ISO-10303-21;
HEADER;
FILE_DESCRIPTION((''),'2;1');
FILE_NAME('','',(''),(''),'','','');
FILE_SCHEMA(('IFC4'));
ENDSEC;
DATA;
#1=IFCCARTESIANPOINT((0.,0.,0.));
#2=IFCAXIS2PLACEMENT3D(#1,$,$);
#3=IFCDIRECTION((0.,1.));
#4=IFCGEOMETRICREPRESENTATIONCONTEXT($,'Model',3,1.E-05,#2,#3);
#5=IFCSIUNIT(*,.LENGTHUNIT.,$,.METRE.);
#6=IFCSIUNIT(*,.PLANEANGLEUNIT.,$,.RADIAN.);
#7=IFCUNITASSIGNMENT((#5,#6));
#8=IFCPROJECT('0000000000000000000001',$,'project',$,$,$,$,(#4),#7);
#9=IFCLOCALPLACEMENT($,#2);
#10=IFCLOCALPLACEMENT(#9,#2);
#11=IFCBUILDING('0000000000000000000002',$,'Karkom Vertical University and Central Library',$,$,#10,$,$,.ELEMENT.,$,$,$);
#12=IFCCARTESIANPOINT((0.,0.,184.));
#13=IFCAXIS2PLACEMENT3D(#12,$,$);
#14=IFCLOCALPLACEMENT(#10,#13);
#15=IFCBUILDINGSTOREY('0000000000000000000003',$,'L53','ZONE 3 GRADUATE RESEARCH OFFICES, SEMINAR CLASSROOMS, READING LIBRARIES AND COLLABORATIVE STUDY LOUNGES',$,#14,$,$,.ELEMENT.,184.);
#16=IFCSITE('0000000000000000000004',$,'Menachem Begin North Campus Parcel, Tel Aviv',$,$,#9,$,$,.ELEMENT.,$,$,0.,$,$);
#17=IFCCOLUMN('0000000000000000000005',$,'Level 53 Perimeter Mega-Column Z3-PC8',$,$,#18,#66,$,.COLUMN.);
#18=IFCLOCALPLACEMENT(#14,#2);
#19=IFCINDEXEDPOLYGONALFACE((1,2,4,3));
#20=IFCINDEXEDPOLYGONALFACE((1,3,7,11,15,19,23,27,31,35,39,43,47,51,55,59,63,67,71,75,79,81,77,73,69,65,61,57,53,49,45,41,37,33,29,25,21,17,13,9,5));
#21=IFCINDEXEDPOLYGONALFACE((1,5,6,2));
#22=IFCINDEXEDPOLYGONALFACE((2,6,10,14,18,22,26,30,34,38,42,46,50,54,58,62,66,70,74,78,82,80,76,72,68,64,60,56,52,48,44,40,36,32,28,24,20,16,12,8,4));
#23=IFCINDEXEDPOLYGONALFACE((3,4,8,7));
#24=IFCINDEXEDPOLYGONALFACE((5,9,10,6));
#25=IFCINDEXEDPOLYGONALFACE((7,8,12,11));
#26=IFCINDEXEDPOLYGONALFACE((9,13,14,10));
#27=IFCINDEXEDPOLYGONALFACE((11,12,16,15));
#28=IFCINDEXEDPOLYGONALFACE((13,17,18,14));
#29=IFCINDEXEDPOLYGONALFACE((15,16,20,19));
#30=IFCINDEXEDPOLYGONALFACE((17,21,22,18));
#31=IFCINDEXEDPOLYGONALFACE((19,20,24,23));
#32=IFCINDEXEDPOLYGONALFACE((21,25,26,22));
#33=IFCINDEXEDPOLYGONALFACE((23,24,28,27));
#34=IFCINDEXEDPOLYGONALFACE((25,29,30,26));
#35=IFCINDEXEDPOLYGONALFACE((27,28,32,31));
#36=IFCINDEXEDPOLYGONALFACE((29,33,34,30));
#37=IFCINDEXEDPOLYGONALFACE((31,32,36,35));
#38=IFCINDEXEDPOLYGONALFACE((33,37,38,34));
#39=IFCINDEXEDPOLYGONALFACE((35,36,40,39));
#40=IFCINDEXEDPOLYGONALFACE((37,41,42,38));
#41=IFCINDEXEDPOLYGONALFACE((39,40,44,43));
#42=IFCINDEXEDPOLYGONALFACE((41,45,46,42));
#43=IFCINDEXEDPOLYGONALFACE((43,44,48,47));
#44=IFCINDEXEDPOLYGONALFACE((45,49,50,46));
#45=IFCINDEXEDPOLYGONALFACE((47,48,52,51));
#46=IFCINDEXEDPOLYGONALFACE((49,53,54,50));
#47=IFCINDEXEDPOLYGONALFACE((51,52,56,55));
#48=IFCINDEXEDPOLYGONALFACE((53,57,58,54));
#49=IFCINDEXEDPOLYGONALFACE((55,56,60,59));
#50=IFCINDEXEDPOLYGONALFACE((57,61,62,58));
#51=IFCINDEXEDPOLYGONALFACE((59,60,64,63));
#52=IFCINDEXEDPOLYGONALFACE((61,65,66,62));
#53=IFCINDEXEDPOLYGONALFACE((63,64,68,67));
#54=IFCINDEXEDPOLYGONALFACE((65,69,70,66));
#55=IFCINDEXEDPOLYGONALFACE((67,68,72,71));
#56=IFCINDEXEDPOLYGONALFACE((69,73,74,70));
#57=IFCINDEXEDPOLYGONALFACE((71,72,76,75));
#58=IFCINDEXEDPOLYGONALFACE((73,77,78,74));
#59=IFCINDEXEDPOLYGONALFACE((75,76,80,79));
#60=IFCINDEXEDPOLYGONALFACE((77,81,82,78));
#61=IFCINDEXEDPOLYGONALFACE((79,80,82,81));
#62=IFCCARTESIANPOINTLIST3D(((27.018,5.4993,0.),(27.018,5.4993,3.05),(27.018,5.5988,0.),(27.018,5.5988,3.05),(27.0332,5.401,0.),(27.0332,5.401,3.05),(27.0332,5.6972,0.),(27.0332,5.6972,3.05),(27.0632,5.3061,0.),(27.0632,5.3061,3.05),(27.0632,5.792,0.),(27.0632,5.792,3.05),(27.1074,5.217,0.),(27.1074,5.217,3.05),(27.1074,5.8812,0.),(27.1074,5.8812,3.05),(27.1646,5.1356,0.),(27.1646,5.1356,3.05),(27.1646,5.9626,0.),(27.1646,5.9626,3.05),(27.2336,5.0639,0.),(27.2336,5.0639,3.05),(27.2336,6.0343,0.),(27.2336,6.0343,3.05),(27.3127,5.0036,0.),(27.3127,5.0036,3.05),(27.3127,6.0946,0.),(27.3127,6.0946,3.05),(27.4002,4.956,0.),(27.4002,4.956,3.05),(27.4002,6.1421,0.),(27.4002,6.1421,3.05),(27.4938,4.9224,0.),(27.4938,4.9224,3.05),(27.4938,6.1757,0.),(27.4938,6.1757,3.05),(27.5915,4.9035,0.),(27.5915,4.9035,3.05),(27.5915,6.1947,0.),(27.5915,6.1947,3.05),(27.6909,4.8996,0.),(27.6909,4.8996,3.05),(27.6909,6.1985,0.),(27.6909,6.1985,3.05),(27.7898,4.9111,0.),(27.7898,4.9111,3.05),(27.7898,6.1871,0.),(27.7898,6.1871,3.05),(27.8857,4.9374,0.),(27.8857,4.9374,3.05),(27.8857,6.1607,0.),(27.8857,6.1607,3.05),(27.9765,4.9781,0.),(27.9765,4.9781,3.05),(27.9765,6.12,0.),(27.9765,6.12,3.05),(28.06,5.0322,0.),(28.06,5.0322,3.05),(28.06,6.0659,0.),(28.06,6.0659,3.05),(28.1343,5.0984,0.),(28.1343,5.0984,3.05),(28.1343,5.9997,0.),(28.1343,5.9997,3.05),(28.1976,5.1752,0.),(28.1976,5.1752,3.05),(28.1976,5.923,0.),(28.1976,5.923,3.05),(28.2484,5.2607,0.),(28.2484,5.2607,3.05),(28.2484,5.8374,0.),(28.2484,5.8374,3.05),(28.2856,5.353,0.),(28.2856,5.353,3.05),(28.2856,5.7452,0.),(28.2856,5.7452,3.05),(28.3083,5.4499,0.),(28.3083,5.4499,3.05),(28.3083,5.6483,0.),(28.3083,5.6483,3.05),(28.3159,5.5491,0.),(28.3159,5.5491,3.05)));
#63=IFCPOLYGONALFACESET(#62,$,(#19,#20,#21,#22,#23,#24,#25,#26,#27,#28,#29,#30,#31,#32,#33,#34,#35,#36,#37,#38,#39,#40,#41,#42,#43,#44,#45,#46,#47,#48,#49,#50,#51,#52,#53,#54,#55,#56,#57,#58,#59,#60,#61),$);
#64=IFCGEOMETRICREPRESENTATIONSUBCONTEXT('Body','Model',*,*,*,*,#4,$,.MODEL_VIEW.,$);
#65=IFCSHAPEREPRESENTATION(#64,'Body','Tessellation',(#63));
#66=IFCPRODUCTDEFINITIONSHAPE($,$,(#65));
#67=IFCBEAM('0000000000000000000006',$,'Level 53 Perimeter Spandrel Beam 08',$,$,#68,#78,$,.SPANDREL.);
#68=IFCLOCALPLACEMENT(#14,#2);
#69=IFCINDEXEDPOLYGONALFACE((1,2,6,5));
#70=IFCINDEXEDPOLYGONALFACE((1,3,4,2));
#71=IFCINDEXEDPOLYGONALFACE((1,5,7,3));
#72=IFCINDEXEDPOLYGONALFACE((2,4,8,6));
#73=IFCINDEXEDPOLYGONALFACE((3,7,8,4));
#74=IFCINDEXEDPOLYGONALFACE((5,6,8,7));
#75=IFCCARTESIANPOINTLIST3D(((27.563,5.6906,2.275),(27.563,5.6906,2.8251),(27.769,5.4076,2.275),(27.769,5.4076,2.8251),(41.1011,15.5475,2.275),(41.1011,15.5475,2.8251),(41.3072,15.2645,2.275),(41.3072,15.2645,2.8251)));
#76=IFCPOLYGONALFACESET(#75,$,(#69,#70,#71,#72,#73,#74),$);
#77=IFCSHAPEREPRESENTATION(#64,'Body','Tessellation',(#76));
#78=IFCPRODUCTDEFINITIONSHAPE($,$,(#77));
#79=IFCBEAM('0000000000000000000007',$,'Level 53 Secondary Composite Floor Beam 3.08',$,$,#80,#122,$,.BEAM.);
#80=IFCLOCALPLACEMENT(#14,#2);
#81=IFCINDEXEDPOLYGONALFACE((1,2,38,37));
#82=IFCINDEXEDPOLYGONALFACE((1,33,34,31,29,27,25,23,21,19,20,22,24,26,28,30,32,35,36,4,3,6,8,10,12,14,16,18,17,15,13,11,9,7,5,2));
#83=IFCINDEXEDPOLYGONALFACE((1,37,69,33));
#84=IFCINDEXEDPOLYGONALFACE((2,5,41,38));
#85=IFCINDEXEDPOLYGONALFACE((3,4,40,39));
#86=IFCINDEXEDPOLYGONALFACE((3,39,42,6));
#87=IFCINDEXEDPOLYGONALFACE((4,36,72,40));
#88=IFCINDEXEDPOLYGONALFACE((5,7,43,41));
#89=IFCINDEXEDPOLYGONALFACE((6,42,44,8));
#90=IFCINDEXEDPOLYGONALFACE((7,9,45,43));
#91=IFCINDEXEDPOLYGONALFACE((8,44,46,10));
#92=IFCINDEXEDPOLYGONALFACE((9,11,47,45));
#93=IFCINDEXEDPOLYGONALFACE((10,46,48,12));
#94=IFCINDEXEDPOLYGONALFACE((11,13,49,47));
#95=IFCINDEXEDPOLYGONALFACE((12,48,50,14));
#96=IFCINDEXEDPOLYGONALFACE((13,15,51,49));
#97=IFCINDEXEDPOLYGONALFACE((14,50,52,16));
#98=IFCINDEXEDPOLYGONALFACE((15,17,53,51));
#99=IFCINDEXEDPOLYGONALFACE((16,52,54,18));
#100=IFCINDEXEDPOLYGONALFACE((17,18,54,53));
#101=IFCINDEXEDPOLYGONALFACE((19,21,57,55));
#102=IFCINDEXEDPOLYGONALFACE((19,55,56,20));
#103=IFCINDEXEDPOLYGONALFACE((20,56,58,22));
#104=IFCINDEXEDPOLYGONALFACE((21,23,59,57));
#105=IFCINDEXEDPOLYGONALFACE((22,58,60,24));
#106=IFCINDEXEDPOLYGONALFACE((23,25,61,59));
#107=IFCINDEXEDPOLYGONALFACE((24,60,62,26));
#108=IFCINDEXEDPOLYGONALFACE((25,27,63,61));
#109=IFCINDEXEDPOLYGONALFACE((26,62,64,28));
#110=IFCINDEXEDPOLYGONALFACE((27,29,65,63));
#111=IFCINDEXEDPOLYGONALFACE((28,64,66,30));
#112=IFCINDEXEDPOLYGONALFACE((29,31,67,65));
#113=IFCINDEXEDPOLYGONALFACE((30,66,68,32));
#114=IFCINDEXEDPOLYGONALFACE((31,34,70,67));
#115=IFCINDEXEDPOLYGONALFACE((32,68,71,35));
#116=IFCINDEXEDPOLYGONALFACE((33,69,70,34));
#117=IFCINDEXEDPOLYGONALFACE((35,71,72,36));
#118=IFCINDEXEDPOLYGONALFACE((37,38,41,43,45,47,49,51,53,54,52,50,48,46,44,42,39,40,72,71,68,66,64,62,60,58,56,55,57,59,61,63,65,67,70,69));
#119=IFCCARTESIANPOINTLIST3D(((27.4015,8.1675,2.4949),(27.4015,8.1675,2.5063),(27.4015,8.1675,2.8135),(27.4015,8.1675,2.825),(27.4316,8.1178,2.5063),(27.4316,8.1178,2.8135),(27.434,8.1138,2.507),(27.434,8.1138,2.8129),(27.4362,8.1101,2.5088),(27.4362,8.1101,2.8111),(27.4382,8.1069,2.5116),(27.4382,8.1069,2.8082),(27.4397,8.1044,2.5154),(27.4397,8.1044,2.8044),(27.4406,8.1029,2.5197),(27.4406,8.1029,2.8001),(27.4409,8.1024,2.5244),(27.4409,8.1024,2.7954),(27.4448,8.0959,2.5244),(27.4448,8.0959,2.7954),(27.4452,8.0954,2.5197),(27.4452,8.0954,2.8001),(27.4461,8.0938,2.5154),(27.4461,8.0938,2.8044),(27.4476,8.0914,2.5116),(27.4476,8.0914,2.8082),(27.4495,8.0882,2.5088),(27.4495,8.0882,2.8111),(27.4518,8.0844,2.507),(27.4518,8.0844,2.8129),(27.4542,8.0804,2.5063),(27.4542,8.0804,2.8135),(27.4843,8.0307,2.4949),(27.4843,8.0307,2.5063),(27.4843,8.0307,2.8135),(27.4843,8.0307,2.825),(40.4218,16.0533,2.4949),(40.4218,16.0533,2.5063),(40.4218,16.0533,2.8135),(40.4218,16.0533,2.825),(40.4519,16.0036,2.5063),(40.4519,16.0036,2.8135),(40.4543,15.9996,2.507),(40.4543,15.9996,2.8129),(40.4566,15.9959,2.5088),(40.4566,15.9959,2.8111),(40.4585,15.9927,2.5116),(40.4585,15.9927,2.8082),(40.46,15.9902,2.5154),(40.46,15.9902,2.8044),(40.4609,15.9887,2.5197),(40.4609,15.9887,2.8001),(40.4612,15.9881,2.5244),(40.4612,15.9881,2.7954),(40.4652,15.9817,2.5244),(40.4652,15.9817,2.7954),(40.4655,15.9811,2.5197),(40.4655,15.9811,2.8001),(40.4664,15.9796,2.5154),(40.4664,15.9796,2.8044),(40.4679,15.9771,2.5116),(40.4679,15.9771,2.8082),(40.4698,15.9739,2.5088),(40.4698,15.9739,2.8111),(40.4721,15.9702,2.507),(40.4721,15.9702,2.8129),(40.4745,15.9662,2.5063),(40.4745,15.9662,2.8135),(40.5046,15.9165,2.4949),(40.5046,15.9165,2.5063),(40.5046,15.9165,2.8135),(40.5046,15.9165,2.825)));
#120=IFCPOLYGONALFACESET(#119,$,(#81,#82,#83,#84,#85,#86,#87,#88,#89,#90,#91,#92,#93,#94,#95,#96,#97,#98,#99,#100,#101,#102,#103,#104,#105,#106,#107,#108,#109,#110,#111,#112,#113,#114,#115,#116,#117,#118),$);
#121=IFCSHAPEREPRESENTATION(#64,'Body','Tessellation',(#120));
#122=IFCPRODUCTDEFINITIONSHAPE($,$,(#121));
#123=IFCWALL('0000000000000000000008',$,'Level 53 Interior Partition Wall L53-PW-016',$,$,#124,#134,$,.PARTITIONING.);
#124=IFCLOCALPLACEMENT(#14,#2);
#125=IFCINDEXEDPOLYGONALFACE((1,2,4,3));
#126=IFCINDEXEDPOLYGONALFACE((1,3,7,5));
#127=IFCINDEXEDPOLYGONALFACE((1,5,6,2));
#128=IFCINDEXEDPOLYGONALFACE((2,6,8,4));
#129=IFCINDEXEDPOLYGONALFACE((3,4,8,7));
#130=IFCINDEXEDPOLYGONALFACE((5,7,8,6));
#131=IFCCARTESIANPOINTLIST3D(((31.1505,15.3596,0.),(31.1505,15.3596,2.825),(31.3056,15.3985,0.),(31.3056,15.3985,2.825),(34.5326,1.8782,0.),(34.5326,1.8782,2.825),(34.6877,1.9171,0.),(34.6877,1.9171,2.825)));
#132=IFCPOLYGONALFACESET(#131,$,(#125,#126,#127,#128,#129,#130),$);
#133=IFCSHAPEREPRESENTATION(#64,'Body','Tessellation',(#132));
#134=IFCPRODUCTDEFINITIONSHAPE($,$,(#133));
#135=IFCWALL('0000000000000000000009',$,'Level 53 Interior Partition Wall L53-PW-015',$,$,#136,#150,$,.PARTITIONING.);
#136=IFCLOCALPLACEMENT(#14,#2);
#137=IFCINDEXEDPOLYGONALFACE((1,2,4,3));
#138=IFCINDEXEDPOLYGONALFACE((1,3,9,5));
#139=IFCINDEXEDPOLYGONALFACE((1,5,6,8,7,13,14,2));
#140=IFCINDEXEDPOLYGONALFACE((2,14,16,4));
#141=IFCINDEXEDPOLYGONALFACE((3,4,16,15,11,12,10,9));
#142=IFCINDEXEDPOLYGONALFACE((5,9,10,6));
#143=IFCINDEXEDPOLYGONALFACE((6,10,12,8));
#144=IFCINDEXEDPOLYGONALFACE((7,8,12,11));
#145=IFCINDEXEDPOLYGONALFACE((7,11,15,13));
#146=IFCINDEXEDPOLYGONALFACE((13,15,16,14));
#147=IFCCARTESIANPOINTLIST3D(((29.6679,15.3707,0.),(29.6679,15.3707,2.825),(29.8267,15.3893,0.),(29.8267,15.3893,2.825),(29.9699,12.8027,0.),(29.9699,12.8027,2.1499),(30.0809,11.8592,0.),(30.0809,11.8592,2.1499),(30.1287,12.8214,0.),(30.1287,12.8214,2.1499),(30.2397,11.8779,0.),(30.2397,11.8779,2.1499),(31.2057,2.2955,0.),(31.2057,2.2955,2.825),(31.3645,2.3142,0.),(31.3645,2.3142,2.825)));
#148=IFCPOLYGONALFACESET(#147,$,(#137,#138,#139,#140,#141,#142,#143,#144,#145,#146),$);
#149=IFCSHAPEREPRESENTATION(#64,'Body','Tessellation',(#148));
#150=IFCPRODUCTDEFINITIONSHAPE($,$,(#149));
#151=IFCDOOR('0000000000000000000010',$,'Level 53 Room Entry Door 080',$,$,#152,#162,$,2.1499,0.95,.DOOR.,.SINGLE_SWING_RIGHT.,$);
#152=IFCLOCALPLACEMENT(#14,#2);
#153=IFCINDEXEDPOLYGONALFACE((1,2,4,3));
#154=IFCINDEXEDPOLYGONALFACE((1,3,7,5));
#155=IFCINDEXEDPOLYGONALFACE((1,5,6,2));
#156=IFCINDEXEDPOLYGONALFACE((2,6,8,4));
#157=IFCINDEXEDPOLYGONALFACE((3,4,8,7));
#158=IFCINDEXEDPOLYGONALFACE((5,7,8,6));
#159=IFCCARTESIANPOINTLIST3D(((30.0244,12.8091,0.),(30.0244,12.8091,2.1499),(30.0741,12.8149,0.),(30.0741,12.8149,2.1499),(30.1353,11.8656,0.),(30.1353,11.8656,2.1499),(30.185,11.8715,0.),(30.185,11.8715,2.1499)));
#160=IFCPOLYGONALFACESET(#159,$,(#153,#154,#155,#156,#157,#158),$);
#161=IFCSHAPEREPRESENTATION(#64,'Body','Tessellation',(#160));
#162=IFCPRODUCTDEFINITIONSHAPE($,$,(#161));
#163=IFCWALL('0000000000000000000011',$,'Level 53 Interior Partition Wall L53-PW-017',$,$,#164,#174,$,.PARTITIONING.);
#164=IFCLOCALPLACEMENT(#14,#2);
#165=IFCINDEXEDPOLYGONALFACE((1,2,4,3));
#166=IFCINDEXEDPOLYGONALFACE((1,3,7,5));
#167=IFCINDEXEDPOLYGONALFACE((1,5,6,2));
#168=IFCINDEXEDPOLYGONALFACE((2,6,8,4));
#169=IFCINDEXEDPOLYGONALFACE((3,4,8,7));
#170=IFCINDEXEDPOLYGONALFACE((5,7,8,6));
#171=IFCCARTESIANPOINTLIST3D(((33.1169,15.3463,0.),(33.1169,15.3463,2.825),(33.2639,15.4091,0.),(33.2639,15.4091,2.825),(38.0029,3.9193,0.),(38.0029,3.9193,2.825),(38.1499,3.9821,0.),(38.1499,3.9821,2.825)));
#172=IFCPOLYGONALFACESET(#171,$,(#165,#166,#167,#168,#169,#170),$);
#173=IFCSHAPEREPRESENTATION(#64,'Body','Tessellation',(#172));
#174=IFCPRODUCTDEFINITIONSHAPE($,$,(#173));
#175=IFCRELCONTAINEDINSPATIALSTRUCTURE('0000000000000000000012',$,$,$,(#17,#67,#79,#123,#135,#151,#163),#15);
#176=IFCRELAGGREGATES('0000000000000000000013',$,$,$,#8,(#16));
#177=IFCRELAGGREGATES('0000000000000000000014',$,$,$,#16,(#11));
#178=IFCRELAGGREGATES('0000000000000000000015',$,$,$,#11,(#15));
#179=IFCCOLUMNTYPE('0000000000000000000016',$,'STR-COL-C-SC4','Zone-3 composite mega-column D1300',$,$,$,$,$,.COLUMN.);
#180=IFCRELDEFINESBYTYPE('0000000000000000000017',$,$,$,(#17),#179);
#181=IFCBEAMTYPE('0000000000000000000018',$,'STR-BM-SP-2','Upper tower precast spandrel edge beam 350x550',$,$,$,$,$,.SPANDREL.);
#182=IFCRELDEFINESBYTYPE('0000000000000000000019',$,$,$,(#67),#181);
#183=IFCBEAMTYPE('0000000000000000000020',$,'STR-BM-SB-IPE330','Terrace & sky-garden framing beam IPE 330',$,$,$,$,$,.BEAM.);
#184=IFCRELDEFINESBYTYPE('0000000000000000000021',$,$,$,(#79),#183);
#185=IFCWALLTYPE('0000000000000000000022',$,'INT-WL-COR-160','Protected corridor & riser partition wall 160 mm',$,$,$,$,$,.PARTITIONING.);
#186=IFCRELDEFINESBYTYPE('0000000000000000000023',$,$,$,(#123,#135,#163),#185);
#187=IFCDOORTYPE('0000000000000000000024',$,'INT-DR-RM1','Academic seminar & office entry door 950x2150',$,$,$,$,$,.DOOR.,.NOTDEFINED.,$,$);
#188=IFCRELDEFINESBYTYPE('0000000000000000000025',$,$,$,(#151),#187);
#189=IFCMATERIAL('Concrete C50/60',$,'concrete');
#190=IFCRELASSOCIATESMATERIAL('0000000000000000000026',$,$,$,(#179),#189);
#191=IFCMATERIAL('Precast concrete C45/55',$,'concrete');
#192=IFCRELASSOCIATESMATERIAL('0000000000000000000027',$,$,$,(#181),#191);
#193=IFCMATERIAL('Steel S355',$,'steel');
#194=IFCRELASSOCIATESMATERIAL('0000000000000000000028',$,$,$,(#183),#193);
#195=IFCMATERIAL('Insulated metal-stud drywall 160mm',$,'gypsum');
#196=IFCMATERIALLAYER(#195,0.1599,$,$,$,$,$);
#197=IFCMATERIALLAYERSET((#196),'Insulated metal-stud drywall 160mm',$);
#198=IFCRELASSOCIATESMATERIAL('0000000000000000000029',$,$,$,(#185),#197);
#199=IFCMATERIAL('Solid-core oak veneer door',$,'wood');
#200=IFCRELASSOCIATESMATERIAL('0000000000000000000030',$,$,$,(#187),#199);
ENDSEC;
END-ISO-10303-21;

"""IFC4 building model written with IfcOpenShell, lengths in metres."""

from ifc_helpers import new_model, si_unit, direction, frame, frame_2d, origin, origin_with_axes, origin_2d, place, context, subcontext, project, spatial, rectangle, circle, i_section, extrude, source, transform, mapped, material, layer, layer_set, material_profile, profile_set, type_object, element, fill, save


model = new_model("IFC4")

# Units and contexts
model_context = context("Model", 3, precision=1e-05, world=origin(), true_north=direction((0.0, 1.0)))
body_context = subcontext(model_context, "Body", "Model", "MODEL_VIEW")
ifc_project = project(units=[si_unit("LENGTHUNIT", "METRE"), si_unit("PLANEANGLEUNIT", "RADIAN")], contexts=[model_context])

# Site, building, storey
site_placement = place(None, origin())
site = spatial("IfcSite", under=ifc_project, at=site_placement, Name="Menachem Begin North Campus Parcel, Tel Aviv", CompositionType="ELEMENT", RefElevation=0.0)
building_placement = place(site_placement, origin())
building = spatial("IfcBuilding", under=site, at=building_placement, Name="Karkom Vertical University and Central Library", CompositionType="ELEMENT")
storey_placement = place(building_placement, frame((0.0, 0.0, 184.0)))
storey = spatial("IfcBuildingStorey", under=building, at=storey_placement, Name="L53", Description="ZONE 3 GRADUATE RESEARCH OFFICES, SEMINAR CLASSROOMS, READING LIBRARIES AND COLLABORATIVE STUDY LOUNGES", CompositionType="ELEMENT", Elevation=184.0)

# Column
ifc_material_1 = material(Name="Concrete C50/60", Category="concrete")
ifc_material_profile_1 = material_profile(ifc_material_1, circle(Radius=0.6499, at=origin_2d()), Name="CFT-D1300")
ifc_profile_set_1 = profile_set([ifc_material_profile_1], Name="Concrete C50/60")
column_type = type_object("IfcColumnType", Name="STR-COL-C-SC4", Description="Zone-3 composite mega-column D1300", PredefinedType="COLUMN", material=ifc_profile_set_1)
shared_shape_1 = source(origin_with_axes(), body_context, "Body", "SweptSolid", [
    extrude(circle(Radius=0.6499, at=origin_2d()), origin(), (0.0, 0.0, 1.0), 3.05),
])
column_placement = place(storey_placement, frame((27.666, 5.5491, 0.0), z_axis=(0.0, 0.0, 1.0), x_axis=(1.0, 0.0, 0.0)))
element("IfcColumn", 1, at=column_placement, inside=storey, type_object=column_type, Name="Level 53 Perimeter Mega-Column Z3-PC8", PredefinedType="COLUMN", context=body_context, shape_type="MappedRepresentation", body=[
    mapped(shared_shape_1, transform((0.0, 0.0, 0.0), scale=1.0)),
])

# Beams
ifc_material_2 = material(Name="Precast concrete C45/55", Category="concrete")
ifc_material_profile_2 = material_profile(ifc_material_2, rectangle(XDim=0.3501, YDim=0.55, at=origin_2d()), Name="SPB-350x550")
ifc_profile_set_2 = profile_set([ifc_material_profile_2], Name="Precast concrete C45/55")
beam_type_1 = type_object("IfcBeamType", Name="STR-BM-SP-2", Description="Upper tower precast spandrel edge beam 350x550", PredefinedType="SPANDREL", material=ifc_profile_set_2)
shared_shape_2 = source(origin_with_axes(), body_context, "Body", "SweptSolid", [
    extrude(rectangle(XDim=0.3501, YDim=0.55, at=origin_2d()), origin(), (0.0, 0.0, 1.0), 16.7463),
])
beam_1_placement = place(storey_placement, frame((27.666, 5.5491, 2.55), z_axis=(0.808422, 0.588603, 0.0), x_axis=(-0.588603, 0.808422, 0.0)))
element("IfcBeam", 2, at=beam_1_placement, inside=storey, type_object=beam_type_1, Name="Level 53 Perimeter Spandrel Beam 08", PredefinedType="SPANDREL", context=body_context, shape_type="MappedRepresentation", body=[
    mapped(shared_shape_2, transform((0.0, 0.0, 0.0), scale=1.0)),
])
ifc_material_3 = material(Name="Steel S355", Category="steel")
ifc_material_profile_3 = material_profile(ifc_material_3, i_section(OverallWidth=0.1599, OverallDepth=0.3301, WebThickness=0.0076, FlangeThickness=0.0115, FilletRadius=0.0181, at=origin_2d()), Name="IPE 330")
ifc_profile_set_3 = profile_set([ifc_material_profile_3], Name="Steel S355")
beam_type_2 = type_object("IfcBeamType", Name="STR-BM-SB-IPE330", Description="Terrace & sky-garden framing beam IPE 330", PredefinedType="BEAM", material=ifc_profile_set_3)
shared_shape_3 = source(origin_with_axes(), body_context, "Body", "SweptSolid", [
    extrude(i_section(OverallWidth=0.1599, OverallDepth=0.3301, WebThickness=0.0076, FlangeThickness=0.0115, FilletRadius=0.0181, at=origin_2d()), origin(), (0.0, 0.0, 1.0), 15.2222),
])
beam_2_placement = place(storey_placement, frame((27.4429, 8.0991, 2.6599), z_axis=(0.855353, 0.518046, 0.0), x_axis=(-0.518046, 0.855353, 0.0)))
element("IfcBeam", 3, at=beam_2_placement, inside=storey, type_object=beam_type_2, Name="Level 53 Secondary Composite Floor Beam 3.08", PredefinedType="BEAM", context=body_context, shape_type="MappedRepresentation", body=[
    mapped(shared_shape_3, transform((0.0, 0.0, 0.0), scale=1.0)),
])

# Wall
ifc_material_4 = material(Name="Insulated metal-stud drywall 160mm", Category="gypsum")
ifc_layer = layer(ifc_material_4, 0.1599)
ifc_layer_set = layer_set([ifc_layer], Name="Insulated metal-stud drywall 160mm")
wall_type = type_object("IfcWallType", Name="INT-WL-COR-160", Description="Protected corridor & riser partition wall 160 mm", PredefinedType="PARTITIONING", material=ifc_layer_set)
wall_1_placement = place(storey_placement, frame((31.228, 15.3792, 0.0), z_axis=(0.0, 0.0, 1.0), x_axis=(0.243329, -0.969944, 0.0)))
element("IfcWall", 4, at=wall_1_placement, inside=storey, type_object=wall_type, Name="Level 53 Interior Partition Wall L53-PW-016", PredefinedType="PARTITIONING", context=body_context, shape_type="SweptSolid", body=[
    extrude(rectangle(XDim=13.8992, YDim=0.1599, at=frame_2d((6.9497, 0.0))), origin(), (0.0, 0.0, 1.0), 2.825),
])

# Wall, opening, door
wall_2_placement = place(storey_placement, frame((29.7473, 15.3799, 0.0), z_axis=(0.0, 0.0, 1.0), x_axis=(0.11681, -0.993154, 0.0)))
wall_2 = element("IfcWall", 5, at=wall_2_placement, inside=storey, type_object=wall_type, Name="Level 53 Interior Partition Wall L53-PW-015", PredefinedType="PARTITIONING", context=body_context, shape_type="SweptSolid", body=[
    extrude(rectangle(XDim=13.1653, YDim=0.1599, at=frame_2d((6.5825, 0.0))), origin(), (0.0, 0.0, 1.0), 2.825),
])
opening_1_placement = place(wall_2_placement, frame((2.5854, 0.0, 0.0)))
opening_1 = element("IfcOpeningElement", 6, at=opening_1_placement, cuts=wall_2, PredefinedType="OPENING", context=body_context, shape_type="SweptSolid", body=[
    extrude(rectangle(XDim=0.95, YDim=2.1499, at=frame_2d((0.4751, 1.075))), frame((0.0, 0.0898, 0.0), z_axis=(0.0, -1.0, 0.0), x_axis=(1.0, 0.0, 0.0)), (0.0, 0.0, 1.0), 0.1799),
])
ifc_material_5 = material(Name="Solid-core oak veneer door", Category="wood")
door_type = type_object("IfcDoorType", Name="INT-DR-RM1", Description="Academic seminar & office entry door 950x2150", OperationType="NOTDEFINED", PredefinedType="DOOR", material=ifc_material_5)
shared_shape_4 = source(origin_with_axes(), body_context, "Body", "SweptSolid", [
    extrude(rectangle(XDim=0.95, YDim=2.1499, at=frame_2d((0.4751, 1.075))), frame((0.0, 0.0249, 0.0), z_axis=(0.0, -1.0, 0.0), x_axis=(1.0, 0.0, 0.0)), (0.0, 0.0, 1.0), 0.05),
])
door_1_placement = place(opening_1_placement, origin())
door_1 = element("IfcDoor", 7, at=door_1_placement, inside=storey, type_object=door_type, Name="Level 53 Room Entry Door 080", OperationType="SINGLE_SWING_RIGHT", OverallHeight=2.1499, OverallWidth=0.95, PredefinedType="DOOR", context=body_context, shape_type="MappedRepresentation", body=[
    mapped(shared_shape_4, transform((0.0, 0.0, 0.0), scale=1.0)),
])
fill(opening_1, door_1)

# Wall
wall_3_placement = place(storey_placement, frame((33.1904, 15.3777, 0.0), z_axis=(0.0, 0.0, 1.0), x_axis=(0.393151, -0.919474, 0.0)))
element("IfcWall", 8, at=wall_3_placement, inside=storey, type_object=wall_type, Name="Level 53 Interior Partition Wall L53-PW-017", PredefinedType="PARTITIONING", context=body_context, shape_type="SweptSolid", body=[
    extrude(rectangle(XDim=12.4277, YDim=0.1599, at=frame_2d((6.2139, 0.0))), origin(), (0.0, 0.0, 1.0), 2.825),
])

save(model, "model.ifc")
